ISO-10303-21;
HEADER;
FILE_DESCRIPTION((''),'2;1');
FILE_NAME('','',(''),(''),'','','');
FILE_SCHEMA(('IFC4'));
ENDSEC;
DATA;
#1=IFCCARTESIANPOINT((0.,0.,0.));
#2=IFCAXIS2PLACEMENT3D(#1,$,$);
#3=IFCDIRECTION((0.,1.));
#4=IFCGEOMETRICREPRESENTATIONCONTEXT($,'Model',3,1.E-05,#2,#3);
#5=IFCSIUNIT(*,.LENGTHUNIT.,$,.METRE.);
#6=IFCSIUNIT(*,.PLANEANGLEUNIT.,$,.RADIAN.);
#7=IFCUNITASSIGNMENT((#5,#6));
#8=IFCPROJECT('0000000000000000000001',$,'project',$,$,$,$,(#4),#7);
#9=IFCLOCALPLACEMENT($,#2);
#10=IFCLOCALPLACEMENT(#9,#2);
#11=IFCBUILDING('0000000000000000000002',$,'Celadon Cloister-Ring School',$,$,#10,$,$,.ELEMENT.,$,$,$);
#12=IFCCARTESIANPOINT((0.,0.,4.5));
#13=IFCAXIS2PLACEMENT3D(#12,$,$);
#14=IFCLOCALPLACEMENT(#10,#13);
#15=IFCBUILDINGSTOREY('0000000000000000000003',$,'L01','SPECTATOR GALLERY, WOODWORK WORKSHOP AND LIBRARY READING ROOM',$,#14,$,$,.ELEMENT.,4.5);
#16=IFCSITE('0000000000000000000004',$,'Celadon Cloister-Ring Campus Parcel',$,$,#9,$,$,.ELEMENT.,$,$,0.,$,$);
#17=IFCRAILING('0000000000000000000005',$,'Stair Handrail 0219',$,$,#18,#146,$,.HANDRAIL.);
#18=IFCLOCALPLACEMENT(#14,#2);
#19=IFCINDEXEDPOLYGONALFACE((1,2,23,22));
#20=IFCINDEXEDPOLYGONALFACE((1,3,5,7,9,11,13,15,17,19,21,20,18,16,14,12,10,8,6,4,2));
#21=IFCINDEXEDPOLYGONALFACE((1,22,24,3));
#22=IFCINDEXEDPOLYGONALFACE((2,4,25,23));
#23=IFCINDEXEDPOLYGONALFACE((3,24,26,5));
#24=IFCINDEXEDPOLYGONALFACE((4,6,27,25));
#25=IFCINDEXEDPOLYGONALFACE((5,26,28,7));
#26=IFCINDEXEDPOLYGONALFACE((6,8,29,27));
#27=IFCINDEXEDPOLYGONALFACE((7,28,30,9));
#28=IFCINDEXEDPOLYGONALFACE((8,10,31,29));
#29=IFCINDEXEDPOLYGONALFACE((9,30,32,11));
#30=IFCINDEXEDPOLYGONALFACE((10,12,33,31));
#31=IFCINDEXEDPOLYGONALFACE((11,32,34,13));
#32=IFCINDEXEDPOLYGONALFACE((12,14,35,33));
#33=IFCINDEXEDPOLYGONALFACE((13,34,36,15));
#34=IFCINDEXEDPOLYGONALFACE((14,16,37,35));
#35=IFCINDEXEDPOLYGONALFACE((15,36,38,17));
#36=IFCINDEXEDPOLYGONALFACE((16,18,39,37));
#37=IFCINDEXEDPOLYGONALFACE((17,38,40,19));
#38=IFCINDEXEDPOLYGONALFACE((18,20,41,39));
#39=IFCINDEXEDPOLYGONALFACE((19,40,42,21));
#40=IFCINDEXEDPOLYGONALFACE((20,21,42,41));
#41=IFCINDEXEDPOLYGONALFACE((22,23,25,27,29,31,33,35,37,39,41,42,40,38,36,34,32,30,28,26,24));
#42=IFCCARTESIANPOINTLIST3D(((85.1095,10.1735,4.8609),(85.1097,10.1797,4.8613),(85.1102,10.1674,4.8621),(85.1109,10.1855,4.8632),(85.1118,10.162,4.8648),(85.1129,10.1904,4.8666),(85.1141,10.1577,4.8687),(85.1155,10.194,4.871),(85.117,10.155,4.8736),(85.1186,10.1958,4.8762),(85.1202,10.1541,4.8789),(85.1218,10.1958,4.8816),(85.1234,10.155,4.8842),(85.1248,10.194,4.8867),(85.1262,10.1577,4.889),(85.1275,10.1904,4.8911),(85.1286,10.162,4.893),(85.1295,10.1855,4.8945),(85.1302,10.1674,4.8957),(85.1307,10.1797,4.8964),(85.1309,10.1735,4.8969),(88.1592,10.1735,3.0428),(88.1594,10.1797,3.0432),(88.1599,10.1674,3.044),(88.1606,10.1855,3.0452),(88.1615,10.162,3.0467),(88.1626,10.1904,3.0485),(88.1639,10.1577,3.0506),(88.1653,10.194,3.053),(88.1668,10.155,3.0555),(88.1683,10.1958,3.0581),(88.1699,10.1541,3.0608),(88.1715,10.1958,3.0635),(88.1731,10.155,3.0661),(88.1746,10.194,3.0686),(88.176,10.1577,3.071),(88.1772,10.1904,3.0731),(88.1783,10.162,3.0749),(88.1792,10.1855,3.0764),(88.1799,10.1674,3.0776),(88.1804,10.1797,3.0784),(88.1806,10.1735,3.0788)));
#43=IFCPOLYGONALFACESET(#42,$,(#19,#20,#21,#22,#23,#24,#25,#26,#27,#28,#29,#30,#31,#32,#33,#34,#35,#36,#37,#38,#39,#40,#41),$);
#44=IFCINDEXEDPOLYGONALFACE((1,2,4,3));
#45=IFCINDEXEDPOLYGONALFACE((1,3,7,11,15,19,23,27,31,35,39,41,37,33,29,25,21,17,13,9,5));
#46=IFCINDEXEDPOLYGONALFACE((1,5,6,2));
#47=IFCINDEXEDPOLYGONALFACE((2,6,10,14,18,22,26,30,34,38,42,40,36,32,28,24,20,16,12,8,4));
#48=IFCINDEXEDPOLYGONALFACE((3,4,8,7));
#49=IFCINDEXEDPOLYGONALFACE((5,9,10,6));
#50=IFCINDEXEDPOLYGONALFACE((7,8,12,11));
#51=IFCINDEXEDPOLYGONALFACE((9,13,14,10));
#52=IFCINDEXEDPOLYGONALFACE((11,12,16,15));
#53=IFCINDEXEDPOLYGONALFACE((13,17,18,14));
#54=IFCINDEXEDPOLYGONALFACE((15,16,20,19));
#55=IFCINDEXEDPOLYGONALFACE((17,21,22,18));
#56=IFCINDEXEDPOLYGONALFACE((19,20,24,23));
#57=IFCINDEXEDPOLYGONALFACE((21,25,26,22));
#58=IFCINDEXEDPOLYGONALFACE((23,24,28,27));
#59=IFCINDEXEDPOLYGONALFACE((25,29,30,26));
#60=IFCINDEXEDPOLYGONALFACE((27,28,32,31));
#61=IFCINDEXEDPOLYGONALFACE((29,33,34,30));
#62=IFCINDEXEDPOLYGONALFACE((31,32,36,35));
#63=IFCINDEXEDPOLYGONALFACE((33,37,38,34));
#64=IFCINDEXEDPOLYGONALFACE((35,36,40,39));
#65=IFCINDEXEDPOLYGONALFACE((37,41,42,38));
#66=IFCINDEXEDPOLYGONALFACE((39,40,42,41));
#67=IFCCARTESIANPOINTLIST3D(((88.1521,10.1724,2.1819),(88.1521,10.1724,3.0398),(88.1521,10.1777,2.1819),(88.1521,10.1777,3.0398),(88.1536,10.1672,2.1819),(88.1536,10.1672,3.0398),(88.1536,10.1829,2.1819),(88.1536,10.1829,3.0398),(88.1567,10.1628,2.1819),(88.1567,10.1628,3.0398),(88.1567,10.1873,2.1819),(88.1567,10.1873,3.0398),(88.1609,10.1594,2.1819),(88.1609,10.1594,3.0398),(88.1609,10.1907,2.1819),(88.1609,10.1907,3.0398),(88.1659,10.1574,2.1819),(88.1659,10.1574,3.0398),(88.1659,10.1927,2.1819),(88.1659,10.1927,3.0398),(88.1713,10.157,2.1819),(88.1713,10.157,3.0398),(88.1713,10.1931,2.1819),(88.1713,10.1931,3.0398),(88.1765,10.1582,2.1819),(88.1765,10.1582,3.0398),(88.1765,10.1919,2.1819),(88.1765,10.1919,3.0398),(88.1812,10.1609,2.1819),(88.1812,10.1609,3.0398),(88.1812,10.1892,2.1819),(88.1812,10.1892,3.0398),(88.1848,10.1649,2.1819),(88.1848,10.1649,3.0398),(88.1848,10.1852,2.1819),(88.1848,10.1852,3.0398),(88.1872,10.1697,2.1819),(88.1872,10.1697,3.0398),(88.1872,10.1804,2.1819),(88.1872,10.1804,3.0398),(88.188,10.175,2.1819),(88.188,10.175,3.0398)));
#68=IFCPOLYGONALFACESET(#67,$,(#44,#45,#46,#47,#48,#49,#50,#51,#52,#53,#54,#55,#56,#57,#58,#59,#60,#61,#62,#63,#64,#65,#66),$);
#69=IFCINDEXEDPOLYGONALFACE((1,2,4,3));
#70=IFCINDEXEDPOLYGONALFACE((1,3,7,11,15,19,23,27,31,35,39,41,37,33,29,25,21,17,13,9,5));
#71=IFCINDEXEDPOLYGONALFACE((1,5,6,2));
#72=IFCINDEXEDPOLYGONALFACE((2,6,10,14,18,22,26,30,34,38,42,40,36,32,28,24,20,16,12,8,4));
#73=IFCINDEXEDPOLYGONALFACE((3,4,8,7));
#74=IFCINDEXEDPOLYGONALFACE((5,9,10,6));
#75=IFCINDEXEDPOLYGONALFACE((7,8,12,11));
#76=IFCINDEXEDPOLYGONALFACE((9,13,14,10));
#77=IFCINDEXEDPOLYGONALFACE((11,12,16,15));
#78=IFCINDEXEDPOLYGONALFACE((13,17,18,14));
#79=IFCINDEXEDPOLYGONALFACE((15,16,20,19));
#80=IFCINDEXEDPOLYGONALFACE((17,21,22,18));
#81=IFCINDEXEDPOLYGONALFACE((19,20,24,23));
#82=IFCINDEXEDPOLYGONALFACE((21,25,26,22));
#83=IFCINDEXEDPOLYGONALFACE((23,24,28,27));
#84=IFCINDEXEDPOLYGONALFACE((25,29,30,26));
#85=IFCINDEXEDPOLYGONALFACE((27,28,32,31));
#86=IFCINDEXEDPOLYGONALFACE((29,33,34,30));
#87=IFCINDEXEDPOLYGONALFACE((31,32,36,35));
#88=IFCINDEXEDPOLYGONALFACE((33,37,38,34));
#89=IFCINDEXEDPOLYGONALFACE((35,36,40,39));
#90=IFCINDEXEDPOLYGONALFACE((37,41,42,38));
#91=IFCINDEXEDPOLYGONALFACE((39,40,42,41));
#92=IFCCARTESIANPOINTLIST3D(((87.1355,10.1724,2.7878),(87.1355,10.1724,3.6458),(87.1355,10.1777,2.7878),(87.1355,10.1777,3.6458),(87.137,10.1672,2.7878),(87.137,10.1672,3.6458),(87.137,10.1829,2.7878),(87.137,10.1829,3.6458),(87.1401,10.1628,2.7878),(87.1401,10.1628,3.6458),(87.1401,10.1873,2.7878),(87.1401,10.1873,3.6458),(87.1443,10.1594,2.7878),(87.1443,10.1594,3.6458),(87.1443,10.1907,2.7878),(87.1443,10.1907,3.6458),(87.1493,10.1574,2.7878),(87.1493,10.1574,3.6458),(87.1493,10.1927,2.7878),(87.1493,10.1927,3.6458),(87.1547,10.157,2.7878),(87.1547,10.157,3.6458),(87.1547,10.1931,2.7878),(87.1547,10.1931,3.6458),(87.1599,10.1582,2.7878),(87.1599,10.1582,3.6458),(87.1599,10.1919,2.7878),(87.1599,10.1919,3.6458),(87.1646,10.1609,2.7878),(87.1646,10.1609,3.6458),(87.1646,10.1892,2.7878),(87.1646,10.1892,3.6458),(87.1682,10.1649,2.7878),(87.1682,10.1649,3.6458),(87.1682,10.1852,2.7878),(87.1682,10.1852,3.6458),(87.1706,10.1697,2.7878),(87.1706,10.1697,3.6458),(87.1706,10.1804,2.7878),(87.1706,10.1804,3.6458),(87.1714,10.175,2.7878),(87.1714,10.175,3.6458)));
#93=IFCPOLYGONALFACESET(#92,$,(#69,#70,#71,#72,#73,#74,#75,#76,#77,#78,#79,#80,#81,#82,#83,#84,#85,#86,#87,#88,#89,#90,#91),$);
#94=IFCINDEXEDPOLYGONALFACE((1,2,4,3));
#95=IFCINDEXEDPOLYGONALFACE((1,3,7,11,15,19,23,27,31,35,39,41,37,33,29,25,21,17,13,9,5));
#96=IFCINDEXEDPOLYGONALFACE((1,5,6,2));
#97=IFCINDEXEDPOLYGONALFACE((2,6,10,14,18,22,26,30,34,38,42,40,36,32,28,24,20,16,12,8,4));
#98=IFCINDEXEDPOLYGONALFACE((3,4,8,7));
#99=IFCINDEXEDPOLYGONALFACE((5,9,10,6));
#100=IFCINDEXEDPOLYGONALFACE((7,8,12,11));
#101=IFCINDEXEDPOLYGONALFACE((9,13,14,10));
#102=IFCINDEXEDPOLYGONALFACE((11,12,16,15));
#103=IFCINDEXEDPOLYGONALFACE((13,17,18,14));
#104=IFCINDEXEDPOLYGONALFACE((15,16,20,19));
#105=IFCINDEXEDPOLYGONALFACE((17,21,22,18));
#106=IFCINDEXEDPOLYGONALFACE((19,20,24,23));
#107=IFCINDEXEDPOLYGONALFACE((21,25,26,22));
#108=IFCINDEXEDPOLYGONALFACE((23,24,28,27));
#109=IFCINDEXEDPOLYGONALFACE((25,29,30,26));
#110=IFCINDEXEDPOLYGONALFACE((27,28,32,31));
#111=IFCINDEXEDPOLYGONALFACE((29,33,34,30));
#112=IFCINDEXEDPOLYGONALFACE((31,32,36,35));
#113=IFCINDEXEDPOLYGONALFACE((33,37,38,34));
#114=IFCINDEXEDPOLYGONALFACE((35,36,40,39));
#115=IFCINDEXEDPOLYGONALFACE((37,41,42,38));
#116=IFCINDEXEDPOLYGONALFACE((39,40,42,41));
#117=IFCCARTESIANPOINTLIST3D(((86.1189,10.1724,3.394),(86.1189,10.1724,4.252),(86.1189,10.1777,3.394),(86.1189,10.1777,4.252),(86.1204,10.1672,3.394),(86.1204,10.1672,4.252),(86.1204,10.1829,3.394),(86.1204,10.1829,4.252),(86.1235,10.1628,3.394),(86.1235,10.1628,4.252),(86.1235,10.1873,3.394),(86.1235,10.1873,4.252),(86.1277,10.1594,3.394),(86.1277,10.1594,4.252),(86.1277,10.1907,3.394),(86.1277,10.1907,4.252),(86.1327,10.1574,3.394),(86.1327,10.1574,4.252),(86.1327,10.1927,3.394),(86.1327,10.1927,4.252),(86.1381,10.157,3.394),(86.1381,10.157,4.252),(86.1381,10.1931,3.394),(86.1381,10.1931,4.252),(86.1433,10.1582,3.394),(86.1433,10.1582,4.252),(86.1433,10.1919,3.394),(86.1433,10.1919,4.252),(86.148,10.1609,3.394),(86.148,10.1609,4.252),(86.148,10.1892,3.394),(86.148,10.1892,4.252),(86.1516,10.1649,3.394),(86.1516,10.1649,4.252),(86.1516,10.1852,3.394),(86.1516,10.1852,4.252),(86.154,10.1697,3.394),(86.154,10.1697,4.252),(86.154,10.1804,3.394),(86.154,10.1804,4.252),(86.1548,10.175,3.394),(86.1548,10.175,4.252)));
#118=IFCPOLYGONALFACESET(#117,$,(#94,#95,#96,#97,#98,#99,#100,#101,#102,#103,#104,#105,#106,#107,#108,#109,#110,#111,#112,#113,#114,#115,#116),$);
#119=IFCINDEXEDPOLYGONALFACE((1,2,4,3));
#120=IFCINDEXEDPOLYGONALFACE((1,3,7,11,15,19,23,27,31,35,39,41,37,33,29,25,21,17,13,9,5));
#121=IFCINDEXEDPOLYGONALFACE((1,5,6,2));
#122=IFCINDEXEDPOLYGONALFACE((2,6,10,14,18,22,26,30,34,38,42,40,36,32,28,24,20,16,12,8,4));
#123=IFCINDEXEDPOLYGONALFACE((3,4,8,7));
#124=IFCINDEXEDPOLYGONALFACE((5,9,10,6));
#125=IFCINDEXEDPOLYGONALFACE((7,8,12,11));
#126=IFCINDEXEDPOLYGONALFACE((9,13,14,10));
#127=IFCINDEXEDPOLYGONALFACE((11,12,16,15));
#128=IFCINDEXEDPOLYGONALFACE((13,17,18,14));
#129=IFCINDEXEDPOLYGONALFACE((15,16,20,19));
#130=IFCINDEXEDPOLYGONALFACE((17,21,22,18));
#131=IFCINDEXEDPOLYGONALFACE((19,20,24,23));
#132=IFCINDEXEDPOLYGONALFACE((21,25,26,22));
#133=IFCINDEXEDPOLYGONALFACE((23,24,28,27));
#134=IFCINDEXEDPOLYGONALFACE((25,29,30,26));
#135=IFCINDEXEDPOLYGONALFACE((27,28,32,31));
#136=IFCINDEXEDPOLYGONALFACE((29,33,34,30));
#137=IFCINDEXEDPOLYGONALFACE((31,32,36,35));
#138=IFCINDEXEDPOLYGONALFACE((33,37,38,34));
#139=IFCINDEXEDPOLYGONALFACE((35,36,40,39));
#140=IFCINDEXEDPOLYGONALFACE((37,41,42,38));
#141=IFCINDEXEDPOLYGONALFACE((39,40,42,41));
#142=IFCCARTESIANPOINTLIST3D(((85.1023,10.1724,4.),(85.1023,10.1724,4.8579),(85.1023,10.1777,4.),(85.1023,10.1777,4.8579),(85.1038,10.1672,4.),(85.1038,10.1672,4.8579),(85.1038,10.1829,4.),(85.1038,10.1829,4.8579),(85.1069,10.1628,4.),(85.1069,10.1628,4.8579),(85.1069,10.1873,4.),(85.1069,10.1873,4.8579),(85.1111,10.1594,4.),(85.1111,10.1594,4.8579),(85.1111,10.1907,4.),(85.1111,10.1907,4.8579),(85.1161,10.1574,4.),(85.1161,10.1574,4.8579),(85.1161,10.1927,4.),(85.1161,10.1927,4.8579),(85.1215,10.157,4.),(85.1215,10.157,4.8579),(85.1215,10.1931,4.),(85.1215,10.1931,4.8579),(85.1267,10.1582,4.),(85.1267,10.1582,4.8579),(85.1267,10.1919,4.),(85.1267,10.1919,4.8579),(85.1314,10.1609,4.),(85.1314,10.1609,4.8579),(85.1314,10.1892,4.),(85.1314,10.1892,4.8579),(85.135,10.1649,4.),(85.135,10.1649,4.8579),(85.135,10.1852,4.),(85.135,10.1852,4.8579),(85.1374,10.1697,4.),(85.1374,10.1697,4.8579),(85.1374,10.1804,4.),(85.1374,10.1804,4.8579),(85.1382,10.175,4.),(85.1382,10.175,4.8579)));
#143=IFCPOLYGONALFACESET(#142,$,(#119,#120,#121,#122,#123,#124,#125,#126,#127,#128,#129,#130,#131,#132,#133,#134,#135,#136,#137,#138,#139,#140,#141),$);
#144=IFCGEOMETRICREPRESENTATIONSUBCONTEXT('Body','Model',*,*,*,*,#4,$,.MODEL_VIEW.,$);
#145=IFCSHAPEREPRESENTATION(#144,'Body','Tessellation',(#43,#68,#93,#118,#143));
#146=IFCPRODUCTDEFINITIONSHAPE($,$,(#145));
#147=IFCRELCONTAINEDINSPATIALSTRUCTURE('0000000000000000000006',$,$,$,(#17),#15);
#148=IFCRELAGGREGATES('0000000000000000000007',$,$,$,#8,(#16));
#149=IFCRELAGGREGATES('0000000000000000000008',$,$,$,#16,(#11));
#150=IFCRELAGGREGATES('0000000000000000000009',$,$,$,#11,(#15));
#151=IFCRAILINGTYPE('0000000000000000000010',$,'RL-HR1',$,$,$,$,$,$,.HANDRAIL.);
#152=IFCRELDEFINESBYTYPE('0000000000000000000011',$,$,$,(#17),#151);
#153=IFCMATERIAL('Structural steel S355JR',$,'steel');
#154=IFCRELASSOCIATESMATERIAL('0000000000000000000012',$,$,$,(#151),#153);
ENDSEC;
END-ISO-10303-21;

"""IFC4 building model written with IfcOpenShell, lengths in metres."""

from ifc_helpers import new_model, si_unit, direction, frame, origin, origin_2d, place, context, subcontext, project, spatial, circle, extrude, material, type_object, element, save


model = new_model("IFC4")

# Units and contexts
model_context = context("Model", 3, precision=1e-05, world=origin(), true_north=direction((0.0, 1.0)))
body_context = subcontext(model_context, "Body", "Model", "MODEL_VIEW")
ifc_project = project(units=[si_unit("LENGTHUNIT", "METRE"), si_unit("PLANEANGLEUNIT", "RADIAN")], contexts=[model_context])

# Site, building, storey
site_placement = place(None, origin())
site = spatial("IfcSite", under=ifc_project, at=site_placement, Name="Celadon Cloister-Ring Campus Parcel", CompositionType="ELEMENT", RefElevation=0.0)
building_placement = place(site_placement, origin())
building = spatial("IfcBuilding", under=site, at=building_placement, Name="Celadon Cloister-Ring School", CompositionType="ELEMENT")
storey_placement = place(building_placement, frame((0.0, 0.0, 4.5)))
storey = spatial("IfcBuildingStorey", under=building, at=storey_placement, Name="L01", Description="SPECTATOR GALLERY, WOODWORK WORKSHOP AND LIBRARY READING ROOM", CompositionType="ELEMENT", Elevation=4.5)

# Railing
ifc_material_1 = material(Name="Structural steel S355JR", Category="steel")
railing_type_1 = type_object("IfcRailingType", Name="RL-HR1", PredefinedType="HANDRAIL", material=ifc_material_1)
for number, where, name in (
    (1, (88.1699, 10.175, 2.1819), "Stair Handrail 0219"),
):
    element("IfcRailing", number, at=place(storey_placement, frame(where)), inside=storey, type_object=railing_type_1, Name=name, PredefinedType="HANDRAIL", context=body_context, shape_type="SweptSolid", body=[
        extrude(circle(Radius=0.021, at=origin_2d()), frame((0.0, 0.0, 0.8789), z_axis=(-0.858952, 0.0, 0.512057), x_axis=(0.0, -1.0, 0.0)), (0.0, 0.0, 1.0), 3.5505),
        extrude(circle(Radius=0.0181, at=origin_2d()), origin(), (0.0, 0.0, 1.0), 0.8579),
        extrude(circle(Radius=0.0181, at=origin_2d()), frame((-1.0166, 0.0, 0.606)), (0.0, 0.0, 1.0), 0.8579),
        extrude(circle(Radius=0.0181, at=origin_2d()), frame((-2.0332, 0.0, 1.2122)), (0.0, 0.0, 1.0), 0.8579),
        extrude(circle(Radius=0.0181, at=origin_2d()), frame((-3.0498, 0.0, 1.8181)), (0.0, 0.0, 1.0), 0.8579),
    ])

save(model, "model.ifc")
